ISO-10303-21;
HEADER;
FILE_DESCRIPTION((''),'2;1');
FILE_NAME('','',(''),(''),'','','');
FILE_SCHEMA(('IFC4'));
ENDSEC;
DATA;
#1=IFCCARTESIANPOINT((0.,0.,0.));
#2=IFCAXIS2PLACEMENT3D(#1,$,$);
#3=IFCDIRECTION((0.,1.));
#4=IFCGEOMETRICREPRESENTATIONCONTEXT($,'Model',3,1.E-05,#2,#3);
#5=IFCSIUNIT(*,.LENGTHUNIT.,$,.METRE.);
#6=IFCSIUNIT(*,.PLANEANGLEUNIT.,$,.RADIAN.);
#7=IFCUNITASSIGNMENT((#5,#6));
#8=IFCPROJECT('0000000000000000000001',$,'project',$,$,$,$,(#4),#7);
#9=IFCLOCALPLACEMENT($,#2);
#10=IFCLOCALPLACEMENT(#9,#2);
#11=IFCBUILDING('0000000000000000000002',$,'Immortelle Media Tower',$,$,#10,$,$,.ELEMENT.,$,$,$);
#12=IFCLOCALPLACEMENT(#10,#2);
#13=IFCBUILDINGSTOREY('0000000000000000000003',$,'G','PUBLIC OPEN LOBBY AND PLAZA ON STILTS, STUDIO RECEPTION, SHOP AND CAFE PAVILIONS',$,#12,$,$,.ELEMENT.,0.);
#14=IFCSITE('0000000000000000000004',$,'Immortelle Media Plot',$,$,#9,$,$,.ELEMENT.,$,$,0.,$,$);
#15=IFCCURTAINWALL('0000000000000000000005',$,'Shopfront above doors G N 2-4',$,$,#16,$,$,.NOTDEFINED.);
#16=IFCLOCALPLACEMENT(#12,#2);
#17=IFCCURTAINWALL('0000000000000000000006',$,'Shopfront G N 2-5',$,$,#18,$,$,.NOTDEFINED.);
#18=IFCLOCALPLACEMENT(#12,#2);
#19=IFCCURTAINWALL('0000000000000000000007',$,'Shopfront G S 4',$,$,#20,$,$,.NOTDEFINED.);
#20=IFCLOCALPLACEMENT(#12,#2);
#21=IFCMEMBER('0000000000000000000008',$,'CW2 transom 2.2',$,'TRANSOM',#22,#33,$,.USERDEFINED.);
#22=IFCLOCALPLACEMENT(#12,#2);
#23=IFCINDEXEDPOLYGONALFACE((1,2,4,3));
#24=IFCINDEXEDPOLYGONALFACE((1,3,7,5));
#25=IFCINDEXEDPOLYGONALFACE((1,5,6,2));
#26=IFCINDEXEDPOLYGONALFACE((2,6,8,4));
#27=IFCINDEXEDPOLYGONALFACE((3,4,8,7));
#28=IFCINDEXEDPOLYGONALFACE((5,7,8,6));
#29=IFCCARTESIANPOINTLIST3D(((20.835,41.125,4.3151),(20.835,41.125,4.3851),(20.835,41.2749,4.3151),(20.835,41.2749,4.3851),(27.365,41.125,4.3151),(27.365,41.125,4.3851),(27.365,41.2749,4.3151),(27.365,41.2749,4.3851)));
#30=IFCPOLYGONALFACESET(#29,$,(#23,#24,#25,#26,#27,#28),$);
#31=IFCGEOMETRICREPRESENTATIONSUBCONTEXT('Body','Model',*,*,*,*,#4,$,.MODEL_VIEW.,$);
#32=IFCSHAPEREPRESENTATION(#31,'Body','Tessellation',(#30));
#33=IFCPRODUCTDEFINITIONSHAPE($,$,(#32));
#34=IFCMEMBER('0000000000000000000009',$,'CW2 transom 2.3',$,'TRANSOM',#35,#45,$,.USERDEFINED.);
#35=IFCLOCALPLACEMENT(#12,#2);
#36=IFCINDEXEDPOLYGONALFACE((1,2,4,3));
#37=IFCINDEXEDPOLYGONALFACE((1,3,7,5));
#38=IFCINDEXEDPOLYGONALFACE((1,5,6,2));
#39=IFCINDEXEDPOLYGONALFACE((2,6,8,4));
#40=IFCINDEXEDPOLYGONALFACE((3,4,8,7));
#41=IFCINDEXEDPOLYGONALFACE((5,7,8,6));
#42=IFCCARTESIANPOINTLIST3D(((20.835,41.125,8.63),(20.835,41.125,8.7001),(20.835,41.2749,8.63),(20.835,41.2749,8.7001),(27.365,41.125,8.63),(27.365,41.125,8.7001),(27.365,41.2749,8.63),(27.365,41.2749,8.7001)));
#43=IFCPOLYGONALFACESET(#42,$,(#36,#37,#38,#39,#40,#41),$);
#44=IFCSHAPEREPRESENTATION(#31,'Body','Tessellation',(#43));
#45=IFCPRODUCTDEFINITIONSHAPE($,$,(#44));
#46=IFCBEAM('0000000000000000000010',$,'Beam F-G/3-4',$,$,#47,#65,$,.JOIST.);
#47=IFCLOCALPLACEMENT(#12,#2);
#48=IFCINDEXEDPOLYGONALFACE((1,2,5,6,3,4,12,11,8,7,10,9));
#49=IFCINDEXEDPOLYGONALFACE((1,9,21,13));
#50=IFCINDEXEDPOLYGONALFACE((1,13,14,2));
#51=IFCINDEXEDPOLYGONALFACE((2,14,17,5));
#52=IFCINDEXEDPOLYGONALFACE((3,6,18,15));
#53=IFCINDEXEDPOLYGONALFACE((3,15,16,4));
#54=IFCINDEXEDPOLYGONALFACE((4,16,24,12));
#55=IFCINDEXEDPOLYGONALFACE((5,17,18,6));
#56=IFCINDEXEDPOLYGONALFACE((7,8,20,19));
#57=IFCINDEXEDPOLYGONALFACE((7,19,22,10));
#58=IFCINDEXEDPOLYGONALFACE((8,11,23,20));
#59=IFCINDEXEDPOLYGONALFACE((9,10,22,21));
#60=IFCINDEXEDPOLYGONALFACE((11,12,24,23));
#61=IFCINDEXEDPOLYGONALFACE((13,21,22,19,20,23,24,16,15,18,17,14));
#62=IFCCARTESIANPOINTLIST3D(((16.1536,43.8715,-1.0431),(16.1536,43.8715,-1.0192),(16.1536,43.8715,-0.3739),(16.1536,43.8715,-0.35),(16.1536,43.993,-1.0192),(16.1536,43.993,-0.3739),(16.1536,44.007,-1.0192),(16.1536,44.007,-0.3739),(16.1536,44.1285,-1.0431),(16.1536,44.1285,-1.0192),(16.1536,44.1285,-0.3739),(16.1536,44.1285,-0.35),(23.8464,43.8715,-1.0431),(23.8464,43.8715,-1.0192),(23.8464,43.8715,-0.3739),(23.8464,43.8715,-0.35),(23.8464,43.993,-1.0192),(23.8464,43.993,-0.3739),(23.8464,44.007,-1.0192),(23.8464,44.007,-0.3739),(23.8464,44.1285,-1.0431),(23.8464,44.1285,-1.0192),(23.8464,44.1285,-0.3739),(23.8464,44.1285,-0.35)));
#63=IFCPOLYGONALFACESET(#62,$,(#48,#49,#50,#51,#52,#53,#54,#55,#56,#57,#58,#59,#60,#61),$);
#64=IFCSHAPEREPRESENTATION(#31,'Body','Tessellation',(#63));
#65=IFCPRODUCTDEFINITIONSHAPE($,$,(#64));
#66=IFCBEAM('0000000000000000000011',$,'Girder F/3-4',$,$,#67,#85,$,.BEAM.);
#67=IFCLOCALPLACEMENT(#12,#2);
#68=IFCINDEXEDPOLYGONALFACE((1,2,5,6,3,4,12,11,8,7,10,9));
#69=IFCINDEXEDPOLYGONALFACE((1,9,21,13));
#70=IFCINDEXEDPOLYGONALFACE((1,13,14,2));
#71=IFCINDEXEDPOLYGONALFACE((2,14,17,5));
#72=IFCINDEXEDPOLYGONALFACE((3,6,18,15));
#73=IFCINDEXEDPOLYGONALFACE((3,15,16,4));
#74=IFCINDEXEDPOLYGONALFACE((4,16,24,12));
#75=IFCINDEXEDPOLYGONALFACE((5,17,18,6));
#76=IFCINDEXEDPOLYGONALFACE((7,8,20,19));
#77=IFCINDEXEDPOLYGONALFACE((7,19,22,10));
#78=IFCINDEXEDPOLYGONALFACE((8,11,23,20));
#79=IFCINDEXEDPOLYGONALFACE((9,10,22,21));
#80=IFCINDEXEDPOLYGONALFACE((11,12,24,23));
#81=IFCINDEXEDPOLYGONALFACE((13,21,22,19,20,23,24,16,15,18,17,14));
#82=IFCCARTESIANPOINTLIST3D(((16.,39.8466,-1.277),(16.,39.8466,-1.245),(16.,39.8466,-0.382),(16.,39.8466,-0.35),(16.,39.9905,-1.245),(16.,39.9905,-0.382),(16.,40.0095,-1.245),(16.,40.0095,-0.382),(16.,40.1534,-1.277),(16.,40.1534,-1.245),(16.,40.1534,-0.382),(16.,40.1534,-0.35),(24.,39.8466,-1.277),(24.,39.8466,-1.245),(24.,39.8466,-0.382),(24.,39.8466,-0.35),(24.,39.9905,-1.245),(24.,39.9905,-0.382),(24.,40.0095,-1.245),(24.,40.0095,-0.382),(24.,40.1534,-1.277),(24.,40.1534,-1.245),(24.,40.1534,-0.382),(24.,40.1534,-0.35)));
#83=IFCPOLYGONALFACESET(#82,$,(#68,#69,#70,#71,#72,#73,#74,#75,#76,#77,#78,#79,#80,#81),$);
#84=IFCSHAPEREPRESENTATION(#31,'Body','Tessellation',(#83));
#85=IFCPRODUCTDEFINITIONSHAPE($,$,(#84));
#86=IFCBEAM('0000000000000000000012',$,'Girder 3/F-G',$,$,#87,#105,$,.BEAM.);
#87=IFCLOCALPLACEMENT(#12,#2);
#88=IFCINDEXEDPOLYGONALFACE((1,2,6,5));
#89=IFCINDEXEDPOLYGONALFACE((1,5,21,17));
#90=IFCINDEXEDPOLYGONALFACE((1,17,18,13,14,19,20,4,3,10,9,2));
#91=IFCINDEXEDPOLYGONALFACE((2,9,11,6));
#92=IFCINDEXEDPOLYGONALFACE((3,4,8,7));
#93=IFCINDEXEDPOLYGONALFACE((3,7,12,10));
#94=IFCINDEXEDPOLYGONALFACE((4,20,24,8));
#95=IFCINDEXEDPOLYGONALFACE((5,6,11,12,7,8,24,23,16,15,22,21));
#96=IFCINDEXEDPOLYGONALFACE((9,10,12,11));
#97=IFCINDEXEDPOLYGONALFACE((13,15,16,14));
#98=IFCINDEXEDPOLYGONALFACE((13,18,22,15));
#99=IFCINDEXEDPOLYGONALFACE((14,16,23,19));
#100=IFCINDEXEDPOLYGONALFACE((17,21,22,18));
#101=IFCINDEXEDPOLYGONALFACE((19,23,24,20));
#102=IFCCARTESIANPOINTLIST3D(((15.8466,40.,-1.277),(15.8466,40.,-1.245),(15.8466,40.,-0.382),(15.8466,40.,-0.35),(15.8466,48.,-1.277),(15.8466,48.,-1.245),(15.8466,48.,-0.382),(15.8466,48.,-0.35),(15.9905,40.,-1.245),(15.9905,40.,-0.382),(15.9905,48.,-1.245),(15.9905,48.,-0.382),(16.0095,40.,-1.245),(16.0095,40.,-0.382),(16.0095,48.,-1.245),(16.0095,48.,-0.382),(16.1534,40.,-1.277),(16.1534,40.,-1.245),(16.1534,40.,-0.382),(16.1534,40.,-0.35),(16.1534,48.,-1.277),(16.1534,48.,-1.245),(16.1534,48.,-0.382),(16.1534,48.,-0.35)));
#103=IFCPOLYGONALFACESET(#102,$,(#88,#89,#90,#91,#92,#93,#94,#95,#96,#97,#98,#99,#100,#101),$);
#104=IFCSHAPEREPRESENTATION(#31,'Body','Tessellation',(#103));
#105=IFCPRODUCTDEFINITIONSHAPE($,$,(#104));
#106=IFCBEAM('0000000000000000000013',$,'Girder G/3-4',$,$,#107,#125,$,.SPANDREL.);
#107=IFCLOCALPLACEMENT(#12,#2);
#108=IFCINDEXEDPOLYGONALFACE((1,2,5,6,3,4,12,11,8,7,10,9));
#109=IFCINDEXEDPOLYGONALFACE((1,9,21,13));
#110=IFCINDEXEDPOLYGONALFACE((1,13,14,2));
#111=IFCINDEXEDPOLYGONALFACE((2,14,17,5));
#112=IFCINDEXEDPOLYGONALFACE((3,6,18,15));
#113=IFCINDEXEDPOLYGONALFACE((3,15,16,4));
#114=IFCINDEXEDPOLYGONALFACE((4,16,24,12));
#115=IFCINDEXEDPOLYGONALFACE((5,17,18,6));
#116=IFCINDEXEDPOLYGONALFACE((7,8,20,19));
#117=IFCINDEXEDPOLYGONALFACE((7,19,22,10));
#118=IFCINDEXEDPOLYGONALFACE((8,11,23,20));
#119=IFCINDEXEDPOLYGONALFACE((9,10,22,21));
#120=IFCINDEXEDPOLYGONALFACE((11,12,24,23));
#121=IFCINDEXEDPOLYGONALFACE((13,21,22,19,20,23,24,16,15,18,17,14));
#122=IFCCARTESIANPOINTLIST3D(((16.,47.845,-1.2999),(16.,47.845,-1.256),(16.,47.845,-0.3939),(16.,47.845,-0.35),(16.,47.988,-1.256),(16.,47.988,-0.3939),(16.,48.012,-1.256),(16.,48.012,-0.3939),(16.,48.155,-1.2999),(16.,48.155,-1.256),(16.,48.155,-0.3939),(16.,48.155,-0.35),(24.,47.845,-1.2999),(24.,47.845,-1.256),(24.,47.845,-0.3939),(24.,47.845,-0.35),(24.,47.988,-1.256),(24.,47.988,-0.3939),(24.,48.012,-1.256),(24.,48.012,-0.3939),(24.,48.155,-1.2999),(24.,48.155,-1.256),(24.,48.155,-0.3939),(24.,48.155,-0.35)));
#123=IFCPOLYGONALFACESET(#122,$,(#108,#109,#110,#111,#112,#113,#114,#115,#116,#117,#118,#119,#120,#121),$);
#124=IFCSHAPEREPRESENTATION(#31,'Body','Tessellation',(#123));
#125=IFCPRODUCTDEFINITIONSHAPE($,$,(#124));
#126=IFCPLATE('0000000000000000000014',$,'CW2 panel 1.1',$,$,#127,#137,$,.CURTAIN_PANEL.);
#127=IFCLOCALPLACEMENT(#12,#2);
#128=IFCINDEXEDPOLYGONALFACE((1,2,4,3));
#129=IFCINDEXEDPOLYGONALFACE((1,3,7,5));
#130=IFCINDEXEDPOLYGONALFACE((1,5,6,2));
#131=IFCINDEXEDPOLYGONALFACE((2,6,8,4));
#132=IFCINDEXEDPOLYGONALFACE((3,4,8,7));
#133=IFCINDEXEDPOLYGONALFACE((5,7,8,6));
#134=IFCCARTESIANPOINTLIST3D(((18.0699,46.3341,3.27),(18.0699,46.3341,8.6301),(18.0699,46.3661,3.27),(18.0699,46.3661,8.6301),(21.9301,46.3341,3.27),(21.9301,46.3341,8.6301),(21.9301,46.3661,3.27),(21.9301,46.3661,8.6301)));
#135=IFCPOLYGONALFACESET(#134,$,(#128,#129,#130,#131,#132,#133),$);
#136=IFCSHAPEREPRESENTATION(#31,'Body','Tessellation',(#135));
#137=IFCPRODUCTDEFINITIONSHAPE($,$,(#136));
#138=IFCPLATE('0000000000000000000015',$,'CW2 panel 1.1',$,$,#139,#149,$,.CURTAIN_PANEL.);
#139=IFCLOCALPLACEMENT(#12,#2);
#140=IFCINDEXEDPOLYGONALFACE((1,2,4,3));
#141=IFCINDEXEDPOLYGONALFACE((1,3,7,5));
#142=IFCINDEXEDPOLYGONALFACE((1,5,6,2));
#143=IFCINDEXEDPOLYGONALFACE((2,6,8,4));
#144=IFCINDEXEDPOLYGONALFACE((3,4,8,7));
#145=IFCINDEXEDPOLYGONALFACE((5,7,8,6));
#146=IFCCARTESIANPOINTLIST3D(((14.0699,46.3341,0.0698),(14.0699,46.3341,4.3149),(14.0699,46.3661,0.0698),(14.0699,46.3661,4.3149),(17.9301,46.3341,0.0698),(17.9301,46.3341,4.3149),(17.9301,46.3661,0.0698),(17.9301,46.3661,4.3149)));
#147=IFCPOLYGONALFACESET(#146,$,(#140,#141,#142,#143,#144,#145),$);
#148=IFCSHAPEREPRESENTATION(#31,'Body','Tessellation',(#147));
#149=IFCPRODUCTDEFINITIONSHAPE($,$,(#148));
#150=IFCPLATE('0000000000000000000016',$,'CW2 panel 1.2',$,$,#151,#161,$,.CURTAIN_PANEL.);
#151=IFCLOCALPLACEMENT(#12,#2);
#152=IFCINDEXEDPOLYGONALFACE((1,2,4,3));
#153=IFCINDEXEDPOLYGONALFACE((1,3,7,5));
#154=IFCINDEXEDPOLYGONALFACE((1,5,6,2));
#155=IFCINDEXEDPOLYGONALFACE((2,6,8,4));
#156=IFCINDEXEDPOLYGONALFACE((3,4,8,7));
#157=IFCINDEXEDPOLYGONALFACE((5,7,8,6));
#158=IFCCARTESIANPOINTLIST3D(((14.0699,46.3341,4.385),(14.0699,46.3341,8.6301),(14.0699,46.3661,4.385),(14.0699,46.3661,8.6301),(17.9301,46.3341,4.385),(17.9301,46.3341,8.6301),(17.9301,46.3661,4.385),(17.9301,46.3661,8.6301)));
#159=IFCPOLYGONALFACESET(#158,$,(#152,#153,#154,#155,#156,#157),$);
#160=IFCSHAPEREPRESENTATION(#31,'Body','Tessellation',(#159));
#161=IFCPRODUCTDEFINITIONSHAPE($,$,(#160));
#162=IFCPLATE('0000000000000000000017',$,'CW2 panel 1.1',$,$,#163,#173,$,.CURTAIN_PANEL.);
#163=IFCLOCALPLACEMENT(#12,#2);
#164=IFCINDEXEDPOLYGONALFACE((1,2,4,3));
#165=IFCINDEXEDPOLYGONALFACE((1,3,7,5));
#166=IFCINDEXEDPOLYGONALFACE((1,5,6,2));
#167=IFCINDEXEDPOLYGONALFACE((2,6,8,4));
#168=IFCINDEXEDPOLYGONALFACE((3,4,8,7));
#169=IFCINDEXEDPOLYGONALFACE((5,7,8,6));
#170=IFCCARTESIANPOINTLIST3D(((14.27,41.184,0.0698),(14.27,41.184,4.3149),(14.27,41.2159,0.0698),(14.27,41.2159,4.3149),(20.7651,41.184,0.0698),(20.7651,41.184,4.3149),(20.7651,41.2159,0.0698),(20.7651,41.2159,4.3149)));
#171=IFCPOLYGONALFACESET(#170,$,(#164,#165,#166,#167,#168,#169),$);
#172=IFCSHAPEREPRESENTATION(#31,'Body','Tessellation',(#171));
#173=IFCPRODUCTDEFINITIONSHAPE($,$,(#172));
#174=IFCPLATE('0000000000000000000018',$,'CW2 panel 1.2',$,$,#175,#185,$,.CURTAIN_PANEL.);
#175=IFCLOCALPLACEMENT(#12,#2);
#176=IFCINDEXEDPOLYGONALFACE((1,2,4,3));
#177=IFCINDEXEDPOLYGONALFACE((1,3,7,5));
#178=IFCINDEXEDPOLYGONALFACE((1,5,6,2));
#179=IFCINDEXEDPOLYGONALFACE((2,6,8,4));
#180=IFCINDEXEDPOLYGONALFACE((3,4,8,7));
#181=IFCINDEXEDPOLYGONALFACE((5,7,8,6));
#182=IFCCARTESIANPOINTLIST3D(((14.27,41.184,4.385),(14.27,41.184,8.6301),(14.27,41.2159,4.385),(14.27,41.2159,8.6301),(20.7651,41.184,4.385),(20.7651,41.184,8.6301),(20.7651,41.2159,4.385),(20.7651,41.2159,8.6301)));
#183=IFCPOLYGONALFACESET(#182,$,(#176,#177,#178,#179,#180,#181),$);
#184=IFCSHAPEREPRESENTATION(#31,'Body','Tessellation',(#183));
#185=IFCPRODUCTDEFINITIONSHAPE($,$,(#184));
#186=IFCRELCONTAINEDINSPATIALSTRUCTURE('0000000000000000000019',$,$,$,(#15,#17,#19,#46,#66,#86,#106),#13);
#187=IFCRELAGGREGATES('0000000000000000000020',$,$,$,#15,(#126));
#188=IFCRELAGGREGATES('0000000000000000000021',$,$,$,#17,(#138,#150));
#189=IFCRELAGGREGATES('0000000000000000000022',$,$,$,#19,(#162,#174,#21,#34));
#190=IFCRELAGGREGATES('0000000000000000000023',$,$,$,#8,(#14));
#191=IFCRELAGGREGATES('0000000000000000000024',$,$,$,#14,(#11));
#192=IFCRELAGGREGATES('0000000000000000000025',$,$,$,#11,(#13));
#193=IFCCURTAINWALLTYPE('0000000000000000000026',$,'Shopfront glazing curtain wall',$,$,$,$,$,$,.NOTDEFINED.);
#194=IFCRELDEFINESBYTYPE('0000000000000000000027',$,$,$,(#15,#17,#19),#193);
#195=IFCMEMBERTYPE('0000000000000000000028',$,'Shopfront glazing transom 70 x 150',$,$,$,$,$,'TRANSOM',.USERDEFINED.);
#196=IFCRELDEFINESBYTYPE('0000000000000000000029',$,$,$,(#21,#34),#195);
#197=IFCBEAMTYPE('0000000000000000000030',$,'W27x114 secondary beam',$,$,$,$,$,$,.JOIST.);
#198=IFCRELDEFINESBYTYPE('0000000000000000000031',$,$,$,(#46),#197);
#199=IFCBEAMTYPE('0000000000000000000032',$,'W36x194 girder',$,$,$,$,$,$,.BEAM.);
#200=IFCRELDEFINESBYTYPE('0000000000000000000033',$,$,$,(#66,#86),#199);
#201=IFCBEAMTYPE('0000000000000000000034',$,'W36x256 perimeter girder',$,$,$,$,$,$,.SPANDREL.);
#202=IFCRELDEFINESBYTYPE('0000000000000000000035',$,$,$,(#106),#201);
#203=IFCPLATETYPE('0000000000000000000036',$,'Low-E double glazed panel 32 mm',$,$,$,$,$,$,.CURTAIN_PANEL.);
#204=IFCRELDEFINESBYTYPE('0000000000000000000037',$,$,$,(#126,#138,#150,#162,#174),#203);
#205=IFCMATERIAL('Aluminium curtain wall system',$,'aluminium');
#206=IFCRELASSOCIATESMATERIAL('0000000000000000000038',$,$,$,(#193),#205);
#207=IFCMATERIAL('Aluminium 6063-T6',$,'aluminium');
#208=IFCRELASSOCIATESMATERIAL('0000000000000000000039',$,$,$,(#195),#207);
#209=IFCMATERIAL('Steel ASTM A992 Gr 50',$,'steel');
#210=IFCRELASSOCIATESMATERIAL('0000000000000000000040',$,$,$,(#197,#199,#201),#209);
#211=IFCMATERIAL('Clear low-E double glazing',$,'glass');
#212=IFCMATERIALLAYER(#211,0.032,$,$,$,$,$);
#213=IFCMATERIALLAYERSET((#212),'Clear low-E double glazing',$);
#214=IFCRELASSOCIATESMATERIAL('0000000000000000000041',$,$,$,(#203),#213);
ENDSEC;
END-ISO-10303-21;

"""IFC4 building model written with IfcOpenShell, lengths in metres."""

from ifc_helpers import new_model, si_unit, direction, frame, origin, origin_2d, place, context, subcontext, project, spatial, rectangle, i_section, extrude, material, layer, layer_set, material_profile, profile_set, type_object, element, aggregate, save


model = new_model("IFC4")

# Units and contexts
model_context = context("Model", 3, precision=1e-05, world=origin(), true_north=direction((0.0, 1.0)))
body_context = subcontext(model_context, "Body", "Model", "MODEL_VIEW")
ifc_project = project(units=[si_unit("LENGTHUNIT", "METRE"), si_unit("PLANEANGLEUNIT", "RADIAN")], contexts=[model_context])

# Site, building, storey
site_placement = place(None, origin())
site = spatial("IfcSite", under=ifc_project, at=site_placement, Name="Immortelle Media Plot", CompositionType="ELEMENT", RefElevation=0.0)
building_placement = place(site_placement, origin())
building = spatial("IfcBuilding", under=site, at=building_placement, Name="Immortelle Media Tower", CompositionType="ELEMENT")
storey_placement = place(building_placement, origin())
storey = spatial("IfcBuildingStorey", under=building, at=storey_placement, Name="G", Description="PUBLIC OPEN LOBBY AND PLAZA ON STILTS, STUDIO RECEPTION, SHOP AND CAFE PAVILIONS", CompositionType="ELEMENT", Elevation=0.0)

# Shared definitions
ifc_material_1 = material(Name="Aluminium curtain wall system", Category="aluminium")
curtain_wall_type = type_object("IfcCurtainWallType", Name="Shopfront glazing curtain wall", PredefinedType="NOTDEFINED", material=ifc_material_1)
ifc_material_2 = material(Name="Aluminium 6063-T6", Category="aluminium")

# Curtain wall
curtain_wall_1_placement = place(storey_placement, origin())
curtain_wall_1 = element("IfcCurtainWall", 1, at=curtain_wall_1_placement, inside=storey, type_object=curtain_wall_type, Name="Shopfront above doors G N 2-4", PredefinedType="NOTDEFINED")

# Curtain walls
curtain_wall_2_placement = place(storey_placement, origin())
curtain_wall_2 = element("IfcCurtainWall", 2, at=curtain_wall_2_placement, inside=storey, type_object=curtain_wall_type, Name="Shopfront G N 2-5", PredefinedType="NOTDEFINED")
curtain_wall_3_placement = place(storey_placement, origin())
curtain_wall_3 = element("IfcCurtainWall", 3, at=curtain_wall_3_placement, inside=storey, type_object=curtain_wall_type, Name="Shopfront G S 4", PredefinedType="NOTDEFINED")

# Members
ifc_material_profile_1 = material_profile(ifc_material_2, rectangle(XDim=0.1499, YDim=0.0701, at=origin_2d()), Name="AL 70x150")
ifc_profile_set_1 = profile_set([ifc_material_profile_1], Name="Aluminium 6063-T6")
member_type_1 = type_object("IfcMemberType", Name="Shopfront glazing transom 70 x 150", ElementType="TRANSOM", PredefinedType="USERDEFINED", material=ifc_profile_set_1)
member_1_placement = place(storey_placement, frame((20.835, 41.2, 4.3501), z_axis=(1.0, 0.0, 0.0), x_axis=(0.0, 1.0, 0.0)))
member_1 = element("IfcMember", 4, at=member_1_placement, type_object=member_type_1, Name="CW2 transom 2.2", ObjectType="TRANSOM", PredefinedType="USERDEFINED", context=body_context, shape_type="SweptSolid", body=[
    extrude(rectangle(XDim=0.1499, YDim=0.0701, at=origin_2d()), origin(), (0.0, 0.0, 1.0), 6.53),
])
member_2_placement = place(storey_placement, frame((20.835, 41.2, 8.665), z_axis=(1.0, 0.0, 0.0), x_axis=(0.0, 1.0, 0.0)))
member_2 = element("IfcMember", 5, at=member_2_placement, type_object=member_type_1, Name="CW2 transom 2.3", ObjectType="TRANSOM", PredefinedType="USERDEFINED", context=body_context, shape_type="SweptSolid", body=[
    extrude(rectangle(XDim=0.1499, YDim=0.0701, at=origin_2d()), origin(), (0.0, 0.0, 1.0), 6.53),
])

# Beams
ifc_material_3 = material(Name="Steel ASTM A992 Gr 50", Category="steel")
ifc_material_profile_2 = material_profile(ifc_material_3, i_section(OverallWidth=0.2571, OverallDepth=0.6931, WebThickness=0.0139, FlangeThickness=0.0239, at=origin_2d()), Name="W27x114")
ifc_profile_set_2 = profile_set([ifc_material_profile_2], Name="Steel ASTM A992 Gr 50")
beam_type_1 = type_object("IfcBeamType", Name="W27x114 secondary beam", PredefinedType="JOIST", material=ifc_profile_set_2)
beam_1_placement = place(storey_placement, frame((16.1536, 44.0, -0.6965), z_axis=(1.0, 0.0, 0.0), x_axis=(0.0, 1.0, 0.0)))
element("IfcBeam", 6, at=beam_1_placement, inside=storey, type_object=beam_type_1, Name="Beam F-G/3-4", PredefinedType="JOIST", context=body_context, shape_type="SweptSolid", body=[
    extrude(i_section(OverallWidth=0.2571, OverallDepth=0.6931, WebThickness=0.0139, FlangeThickness=0.0239, at=origin_2d()), origin(), (0.0, 0.0, 1.0), 7.6929),
])
ifc_material_profile_3 = material_profile(ifc_material_3, i_section(OverallWidth=0.3069, OverallDepth=0.927, WebThickness=0.019, FlangeThickness=0.032, at=origin_2d()), Name="W36x194")
ifc_profile_set_3 = profile_set([ifc_material_profile_3], Name="Steel ASTM A992 Gr 50")
beam_type_2 = type_object("IfcBeamType", Name="W36x194 girder", PredefinedType="BEAM", material=ifc_profile_set_3)
for number, where, z_axis, x_axis, name in (
    (7, (16.0, 40.0, -0.8135), (1.0, 0.0, 0.0), (0.0, 1.0, 0.0), "Girder F/3-4"),
    (8, (16.0, 40.0, -0.8135), (0.0, 1.0, 0.0), (-1.0, 0.0, 0.0), "Girder 3/F-G"),
):
    element("IfcBeam", number, at=place(storey_placement, frame(where, z_axis=z_axis, x_axis=x_axis)), inside=storey, type_object=beam_type_2, Name=name, PredefinedType="BEAM", context=body_context, shape_type="SweptSolid", body=[
        extrude(i_section(OverallWidth=0.3069, OverallDepth=0.927, WebThickness=0.019, FlangeThickness=0.032, at=origin_2d()), origin(), (0.0, 0.0, 1.0), 8.0),
    ])
ifc_material_profile_4 = material_profile(ifc_material_3, i_section(OverallWidth=0.3101, OverallDepth=0.95, WebThickness=0.0239, FlangeThickness=0.0439, at=origin_2d()), Name="W36x256")
ifc_profile_set_4 = profile_set([ifc_material_profile_4], Name="Steel ASTM A992 Gr 50")
beam_type_3 = type_object("IfcBeamType", Name="W36x256 perimeter girder", PredefinedType="SPANDREL", material=ifc_profile_set_4)
beam_2_placement = place(storey_placement, frame((16.0, 48.0, -0.825), z_axis=(1.0, 0.0, 0.0), x_axis=(0.0, 1.0, 0.0)))
element("IfcBeam", 9, at=beam_2_placement, inside=storey, type_object=beam_type_3, Name="Girder G/3-4", PredefinedType="SPANDREL", context=body_context, shape_type="SweptSolid", body=[
    extrude(i_section(OverallWidth=0.3101, OverallDepth=0.95, WebThickness=0.0239, FlangeThickness=0.0439, at=origin_2d()), origin(), (0.0, 0.0, 1.0), 8.0),
])

# Plates
ifc_material_4 = material(Name="Clear low-E double glazing", Category="glass")
ifc_layer_1 = layer(ifc_material_4, 0.032)
ifc_layer_set_1 = layer_set([ifc_layer_1], Name="Clear low-E double glazing")
plate_type = type_object("IfcPlateType", Name="Low-E double glazed panel 32 mm", PredefinedType="CURTAIN_PANEL", material=ifc_layer_set_1)
plate_1_placement = place(storey_placement, frame((20.0, 46.3501, 3.27), z_axis=(0.0, 0.0, 1.0), x_axis=(-1.0, 0.0, 0.0)))
plate_1 = element("IfcPlate", 10, at=plate_1_placement, type_object=plate_type, Name="CW2 panel 1.1", PredefinedType="CURTAIN_PANEL", context=body_context, shape_type="SweptSolid", body=[
    extrude(rectangle(XDim=3.8601, YDim=0.032, at=origin_2d()), origin(), (0.0, 0.0, 1.0), 5.3601),
])
aggregate(curtain_wall_1, [plate_1])
plate_2_placement = place(storey_placement, frame((16.0, 46.3501, 0.0698), z_axis=(0.0, 0.0, 1.0), x_axis=(-1.0, 0.0, 0.0)))
plate_2 = element("IfcPlate", 11, at=plate_2_placement, type_object=plate_type, Name="CW2 panel 1.1", PredefinedType="CURTAIN_PANEL", context=body_context, shape_type="SweptSolid", body=[
    extrude(rectangle(XDim=3.8601, YDim=0.032, at=origin_2d()), origin(), (0.0, 0.0, 1.0), 4.2451),
])
plate_3_placement = place(storey_placement, frame((16.0, 46.3501, 4.385), z_axis=(0.0, 0.0, 1.0), x_axis=(-1.0, 0.0, 0.0)))
plate_3 = element("IfcPlate", 12, at=plate_3_placement, type_object=plate_type, Name="CW2 panel 1.2", PredefinedType="CURTAIN_PANEL", context=body_context, shape_type="SweptSolid", body=[
    extrude(rectangle(XDim=3.8601, YDim=0.032, at=origin_2d()), origin(), (0.0, 0.0, 1.0), 4.2451),
])
aggregate(curtain_wall_2, [plate_2, plate_3])
plate_4_placement = place(storey_placement, frame((17.5176, 41.2, 0.0698), z_axis=(0.0, 0.0, 1.0), x_axis=(1.0, 0.0, 0.0)))
plate_4 = element("IfcPlate", 13, at=plate_4_placement, type_object=plate_type, Name="CW2 panel 1.1", PredefinedType="CURTAIN_PANEL", context=body_context, shape_type="SweptSolid", body=[
    extrude(rectangle(XDim=6.4951, YDim=0.032, at=origin_2d()), origin(), (0.0, 0.0, 1.0), 4.2451),
])
plate_5_placement = place(storey_placement, frame((17.5176, 41.2, 4.385), z_axis=(0.0, 0.0, 1.0), x_axis=(1.0, 0.0, 0.0)))
plate_5 = element("IfcPlate", 14, at=plate_5_placement, type_object=plate_type, Name="CW2 panel 1.2", PredefinedType="CURTAIN_PANEL", context=body_context, shape_type="SweptSolid", body=[
    extrude(rectangle(XDim=6.4951, YDim=0.032, at=origin_2d()), origin(), (0.0, 0.0, 1.0), 4.2451),
])
aggregate(curtain_wall_3, [plate_4, plate_5, member_1, member_2])

save(model, "model.ifc")
